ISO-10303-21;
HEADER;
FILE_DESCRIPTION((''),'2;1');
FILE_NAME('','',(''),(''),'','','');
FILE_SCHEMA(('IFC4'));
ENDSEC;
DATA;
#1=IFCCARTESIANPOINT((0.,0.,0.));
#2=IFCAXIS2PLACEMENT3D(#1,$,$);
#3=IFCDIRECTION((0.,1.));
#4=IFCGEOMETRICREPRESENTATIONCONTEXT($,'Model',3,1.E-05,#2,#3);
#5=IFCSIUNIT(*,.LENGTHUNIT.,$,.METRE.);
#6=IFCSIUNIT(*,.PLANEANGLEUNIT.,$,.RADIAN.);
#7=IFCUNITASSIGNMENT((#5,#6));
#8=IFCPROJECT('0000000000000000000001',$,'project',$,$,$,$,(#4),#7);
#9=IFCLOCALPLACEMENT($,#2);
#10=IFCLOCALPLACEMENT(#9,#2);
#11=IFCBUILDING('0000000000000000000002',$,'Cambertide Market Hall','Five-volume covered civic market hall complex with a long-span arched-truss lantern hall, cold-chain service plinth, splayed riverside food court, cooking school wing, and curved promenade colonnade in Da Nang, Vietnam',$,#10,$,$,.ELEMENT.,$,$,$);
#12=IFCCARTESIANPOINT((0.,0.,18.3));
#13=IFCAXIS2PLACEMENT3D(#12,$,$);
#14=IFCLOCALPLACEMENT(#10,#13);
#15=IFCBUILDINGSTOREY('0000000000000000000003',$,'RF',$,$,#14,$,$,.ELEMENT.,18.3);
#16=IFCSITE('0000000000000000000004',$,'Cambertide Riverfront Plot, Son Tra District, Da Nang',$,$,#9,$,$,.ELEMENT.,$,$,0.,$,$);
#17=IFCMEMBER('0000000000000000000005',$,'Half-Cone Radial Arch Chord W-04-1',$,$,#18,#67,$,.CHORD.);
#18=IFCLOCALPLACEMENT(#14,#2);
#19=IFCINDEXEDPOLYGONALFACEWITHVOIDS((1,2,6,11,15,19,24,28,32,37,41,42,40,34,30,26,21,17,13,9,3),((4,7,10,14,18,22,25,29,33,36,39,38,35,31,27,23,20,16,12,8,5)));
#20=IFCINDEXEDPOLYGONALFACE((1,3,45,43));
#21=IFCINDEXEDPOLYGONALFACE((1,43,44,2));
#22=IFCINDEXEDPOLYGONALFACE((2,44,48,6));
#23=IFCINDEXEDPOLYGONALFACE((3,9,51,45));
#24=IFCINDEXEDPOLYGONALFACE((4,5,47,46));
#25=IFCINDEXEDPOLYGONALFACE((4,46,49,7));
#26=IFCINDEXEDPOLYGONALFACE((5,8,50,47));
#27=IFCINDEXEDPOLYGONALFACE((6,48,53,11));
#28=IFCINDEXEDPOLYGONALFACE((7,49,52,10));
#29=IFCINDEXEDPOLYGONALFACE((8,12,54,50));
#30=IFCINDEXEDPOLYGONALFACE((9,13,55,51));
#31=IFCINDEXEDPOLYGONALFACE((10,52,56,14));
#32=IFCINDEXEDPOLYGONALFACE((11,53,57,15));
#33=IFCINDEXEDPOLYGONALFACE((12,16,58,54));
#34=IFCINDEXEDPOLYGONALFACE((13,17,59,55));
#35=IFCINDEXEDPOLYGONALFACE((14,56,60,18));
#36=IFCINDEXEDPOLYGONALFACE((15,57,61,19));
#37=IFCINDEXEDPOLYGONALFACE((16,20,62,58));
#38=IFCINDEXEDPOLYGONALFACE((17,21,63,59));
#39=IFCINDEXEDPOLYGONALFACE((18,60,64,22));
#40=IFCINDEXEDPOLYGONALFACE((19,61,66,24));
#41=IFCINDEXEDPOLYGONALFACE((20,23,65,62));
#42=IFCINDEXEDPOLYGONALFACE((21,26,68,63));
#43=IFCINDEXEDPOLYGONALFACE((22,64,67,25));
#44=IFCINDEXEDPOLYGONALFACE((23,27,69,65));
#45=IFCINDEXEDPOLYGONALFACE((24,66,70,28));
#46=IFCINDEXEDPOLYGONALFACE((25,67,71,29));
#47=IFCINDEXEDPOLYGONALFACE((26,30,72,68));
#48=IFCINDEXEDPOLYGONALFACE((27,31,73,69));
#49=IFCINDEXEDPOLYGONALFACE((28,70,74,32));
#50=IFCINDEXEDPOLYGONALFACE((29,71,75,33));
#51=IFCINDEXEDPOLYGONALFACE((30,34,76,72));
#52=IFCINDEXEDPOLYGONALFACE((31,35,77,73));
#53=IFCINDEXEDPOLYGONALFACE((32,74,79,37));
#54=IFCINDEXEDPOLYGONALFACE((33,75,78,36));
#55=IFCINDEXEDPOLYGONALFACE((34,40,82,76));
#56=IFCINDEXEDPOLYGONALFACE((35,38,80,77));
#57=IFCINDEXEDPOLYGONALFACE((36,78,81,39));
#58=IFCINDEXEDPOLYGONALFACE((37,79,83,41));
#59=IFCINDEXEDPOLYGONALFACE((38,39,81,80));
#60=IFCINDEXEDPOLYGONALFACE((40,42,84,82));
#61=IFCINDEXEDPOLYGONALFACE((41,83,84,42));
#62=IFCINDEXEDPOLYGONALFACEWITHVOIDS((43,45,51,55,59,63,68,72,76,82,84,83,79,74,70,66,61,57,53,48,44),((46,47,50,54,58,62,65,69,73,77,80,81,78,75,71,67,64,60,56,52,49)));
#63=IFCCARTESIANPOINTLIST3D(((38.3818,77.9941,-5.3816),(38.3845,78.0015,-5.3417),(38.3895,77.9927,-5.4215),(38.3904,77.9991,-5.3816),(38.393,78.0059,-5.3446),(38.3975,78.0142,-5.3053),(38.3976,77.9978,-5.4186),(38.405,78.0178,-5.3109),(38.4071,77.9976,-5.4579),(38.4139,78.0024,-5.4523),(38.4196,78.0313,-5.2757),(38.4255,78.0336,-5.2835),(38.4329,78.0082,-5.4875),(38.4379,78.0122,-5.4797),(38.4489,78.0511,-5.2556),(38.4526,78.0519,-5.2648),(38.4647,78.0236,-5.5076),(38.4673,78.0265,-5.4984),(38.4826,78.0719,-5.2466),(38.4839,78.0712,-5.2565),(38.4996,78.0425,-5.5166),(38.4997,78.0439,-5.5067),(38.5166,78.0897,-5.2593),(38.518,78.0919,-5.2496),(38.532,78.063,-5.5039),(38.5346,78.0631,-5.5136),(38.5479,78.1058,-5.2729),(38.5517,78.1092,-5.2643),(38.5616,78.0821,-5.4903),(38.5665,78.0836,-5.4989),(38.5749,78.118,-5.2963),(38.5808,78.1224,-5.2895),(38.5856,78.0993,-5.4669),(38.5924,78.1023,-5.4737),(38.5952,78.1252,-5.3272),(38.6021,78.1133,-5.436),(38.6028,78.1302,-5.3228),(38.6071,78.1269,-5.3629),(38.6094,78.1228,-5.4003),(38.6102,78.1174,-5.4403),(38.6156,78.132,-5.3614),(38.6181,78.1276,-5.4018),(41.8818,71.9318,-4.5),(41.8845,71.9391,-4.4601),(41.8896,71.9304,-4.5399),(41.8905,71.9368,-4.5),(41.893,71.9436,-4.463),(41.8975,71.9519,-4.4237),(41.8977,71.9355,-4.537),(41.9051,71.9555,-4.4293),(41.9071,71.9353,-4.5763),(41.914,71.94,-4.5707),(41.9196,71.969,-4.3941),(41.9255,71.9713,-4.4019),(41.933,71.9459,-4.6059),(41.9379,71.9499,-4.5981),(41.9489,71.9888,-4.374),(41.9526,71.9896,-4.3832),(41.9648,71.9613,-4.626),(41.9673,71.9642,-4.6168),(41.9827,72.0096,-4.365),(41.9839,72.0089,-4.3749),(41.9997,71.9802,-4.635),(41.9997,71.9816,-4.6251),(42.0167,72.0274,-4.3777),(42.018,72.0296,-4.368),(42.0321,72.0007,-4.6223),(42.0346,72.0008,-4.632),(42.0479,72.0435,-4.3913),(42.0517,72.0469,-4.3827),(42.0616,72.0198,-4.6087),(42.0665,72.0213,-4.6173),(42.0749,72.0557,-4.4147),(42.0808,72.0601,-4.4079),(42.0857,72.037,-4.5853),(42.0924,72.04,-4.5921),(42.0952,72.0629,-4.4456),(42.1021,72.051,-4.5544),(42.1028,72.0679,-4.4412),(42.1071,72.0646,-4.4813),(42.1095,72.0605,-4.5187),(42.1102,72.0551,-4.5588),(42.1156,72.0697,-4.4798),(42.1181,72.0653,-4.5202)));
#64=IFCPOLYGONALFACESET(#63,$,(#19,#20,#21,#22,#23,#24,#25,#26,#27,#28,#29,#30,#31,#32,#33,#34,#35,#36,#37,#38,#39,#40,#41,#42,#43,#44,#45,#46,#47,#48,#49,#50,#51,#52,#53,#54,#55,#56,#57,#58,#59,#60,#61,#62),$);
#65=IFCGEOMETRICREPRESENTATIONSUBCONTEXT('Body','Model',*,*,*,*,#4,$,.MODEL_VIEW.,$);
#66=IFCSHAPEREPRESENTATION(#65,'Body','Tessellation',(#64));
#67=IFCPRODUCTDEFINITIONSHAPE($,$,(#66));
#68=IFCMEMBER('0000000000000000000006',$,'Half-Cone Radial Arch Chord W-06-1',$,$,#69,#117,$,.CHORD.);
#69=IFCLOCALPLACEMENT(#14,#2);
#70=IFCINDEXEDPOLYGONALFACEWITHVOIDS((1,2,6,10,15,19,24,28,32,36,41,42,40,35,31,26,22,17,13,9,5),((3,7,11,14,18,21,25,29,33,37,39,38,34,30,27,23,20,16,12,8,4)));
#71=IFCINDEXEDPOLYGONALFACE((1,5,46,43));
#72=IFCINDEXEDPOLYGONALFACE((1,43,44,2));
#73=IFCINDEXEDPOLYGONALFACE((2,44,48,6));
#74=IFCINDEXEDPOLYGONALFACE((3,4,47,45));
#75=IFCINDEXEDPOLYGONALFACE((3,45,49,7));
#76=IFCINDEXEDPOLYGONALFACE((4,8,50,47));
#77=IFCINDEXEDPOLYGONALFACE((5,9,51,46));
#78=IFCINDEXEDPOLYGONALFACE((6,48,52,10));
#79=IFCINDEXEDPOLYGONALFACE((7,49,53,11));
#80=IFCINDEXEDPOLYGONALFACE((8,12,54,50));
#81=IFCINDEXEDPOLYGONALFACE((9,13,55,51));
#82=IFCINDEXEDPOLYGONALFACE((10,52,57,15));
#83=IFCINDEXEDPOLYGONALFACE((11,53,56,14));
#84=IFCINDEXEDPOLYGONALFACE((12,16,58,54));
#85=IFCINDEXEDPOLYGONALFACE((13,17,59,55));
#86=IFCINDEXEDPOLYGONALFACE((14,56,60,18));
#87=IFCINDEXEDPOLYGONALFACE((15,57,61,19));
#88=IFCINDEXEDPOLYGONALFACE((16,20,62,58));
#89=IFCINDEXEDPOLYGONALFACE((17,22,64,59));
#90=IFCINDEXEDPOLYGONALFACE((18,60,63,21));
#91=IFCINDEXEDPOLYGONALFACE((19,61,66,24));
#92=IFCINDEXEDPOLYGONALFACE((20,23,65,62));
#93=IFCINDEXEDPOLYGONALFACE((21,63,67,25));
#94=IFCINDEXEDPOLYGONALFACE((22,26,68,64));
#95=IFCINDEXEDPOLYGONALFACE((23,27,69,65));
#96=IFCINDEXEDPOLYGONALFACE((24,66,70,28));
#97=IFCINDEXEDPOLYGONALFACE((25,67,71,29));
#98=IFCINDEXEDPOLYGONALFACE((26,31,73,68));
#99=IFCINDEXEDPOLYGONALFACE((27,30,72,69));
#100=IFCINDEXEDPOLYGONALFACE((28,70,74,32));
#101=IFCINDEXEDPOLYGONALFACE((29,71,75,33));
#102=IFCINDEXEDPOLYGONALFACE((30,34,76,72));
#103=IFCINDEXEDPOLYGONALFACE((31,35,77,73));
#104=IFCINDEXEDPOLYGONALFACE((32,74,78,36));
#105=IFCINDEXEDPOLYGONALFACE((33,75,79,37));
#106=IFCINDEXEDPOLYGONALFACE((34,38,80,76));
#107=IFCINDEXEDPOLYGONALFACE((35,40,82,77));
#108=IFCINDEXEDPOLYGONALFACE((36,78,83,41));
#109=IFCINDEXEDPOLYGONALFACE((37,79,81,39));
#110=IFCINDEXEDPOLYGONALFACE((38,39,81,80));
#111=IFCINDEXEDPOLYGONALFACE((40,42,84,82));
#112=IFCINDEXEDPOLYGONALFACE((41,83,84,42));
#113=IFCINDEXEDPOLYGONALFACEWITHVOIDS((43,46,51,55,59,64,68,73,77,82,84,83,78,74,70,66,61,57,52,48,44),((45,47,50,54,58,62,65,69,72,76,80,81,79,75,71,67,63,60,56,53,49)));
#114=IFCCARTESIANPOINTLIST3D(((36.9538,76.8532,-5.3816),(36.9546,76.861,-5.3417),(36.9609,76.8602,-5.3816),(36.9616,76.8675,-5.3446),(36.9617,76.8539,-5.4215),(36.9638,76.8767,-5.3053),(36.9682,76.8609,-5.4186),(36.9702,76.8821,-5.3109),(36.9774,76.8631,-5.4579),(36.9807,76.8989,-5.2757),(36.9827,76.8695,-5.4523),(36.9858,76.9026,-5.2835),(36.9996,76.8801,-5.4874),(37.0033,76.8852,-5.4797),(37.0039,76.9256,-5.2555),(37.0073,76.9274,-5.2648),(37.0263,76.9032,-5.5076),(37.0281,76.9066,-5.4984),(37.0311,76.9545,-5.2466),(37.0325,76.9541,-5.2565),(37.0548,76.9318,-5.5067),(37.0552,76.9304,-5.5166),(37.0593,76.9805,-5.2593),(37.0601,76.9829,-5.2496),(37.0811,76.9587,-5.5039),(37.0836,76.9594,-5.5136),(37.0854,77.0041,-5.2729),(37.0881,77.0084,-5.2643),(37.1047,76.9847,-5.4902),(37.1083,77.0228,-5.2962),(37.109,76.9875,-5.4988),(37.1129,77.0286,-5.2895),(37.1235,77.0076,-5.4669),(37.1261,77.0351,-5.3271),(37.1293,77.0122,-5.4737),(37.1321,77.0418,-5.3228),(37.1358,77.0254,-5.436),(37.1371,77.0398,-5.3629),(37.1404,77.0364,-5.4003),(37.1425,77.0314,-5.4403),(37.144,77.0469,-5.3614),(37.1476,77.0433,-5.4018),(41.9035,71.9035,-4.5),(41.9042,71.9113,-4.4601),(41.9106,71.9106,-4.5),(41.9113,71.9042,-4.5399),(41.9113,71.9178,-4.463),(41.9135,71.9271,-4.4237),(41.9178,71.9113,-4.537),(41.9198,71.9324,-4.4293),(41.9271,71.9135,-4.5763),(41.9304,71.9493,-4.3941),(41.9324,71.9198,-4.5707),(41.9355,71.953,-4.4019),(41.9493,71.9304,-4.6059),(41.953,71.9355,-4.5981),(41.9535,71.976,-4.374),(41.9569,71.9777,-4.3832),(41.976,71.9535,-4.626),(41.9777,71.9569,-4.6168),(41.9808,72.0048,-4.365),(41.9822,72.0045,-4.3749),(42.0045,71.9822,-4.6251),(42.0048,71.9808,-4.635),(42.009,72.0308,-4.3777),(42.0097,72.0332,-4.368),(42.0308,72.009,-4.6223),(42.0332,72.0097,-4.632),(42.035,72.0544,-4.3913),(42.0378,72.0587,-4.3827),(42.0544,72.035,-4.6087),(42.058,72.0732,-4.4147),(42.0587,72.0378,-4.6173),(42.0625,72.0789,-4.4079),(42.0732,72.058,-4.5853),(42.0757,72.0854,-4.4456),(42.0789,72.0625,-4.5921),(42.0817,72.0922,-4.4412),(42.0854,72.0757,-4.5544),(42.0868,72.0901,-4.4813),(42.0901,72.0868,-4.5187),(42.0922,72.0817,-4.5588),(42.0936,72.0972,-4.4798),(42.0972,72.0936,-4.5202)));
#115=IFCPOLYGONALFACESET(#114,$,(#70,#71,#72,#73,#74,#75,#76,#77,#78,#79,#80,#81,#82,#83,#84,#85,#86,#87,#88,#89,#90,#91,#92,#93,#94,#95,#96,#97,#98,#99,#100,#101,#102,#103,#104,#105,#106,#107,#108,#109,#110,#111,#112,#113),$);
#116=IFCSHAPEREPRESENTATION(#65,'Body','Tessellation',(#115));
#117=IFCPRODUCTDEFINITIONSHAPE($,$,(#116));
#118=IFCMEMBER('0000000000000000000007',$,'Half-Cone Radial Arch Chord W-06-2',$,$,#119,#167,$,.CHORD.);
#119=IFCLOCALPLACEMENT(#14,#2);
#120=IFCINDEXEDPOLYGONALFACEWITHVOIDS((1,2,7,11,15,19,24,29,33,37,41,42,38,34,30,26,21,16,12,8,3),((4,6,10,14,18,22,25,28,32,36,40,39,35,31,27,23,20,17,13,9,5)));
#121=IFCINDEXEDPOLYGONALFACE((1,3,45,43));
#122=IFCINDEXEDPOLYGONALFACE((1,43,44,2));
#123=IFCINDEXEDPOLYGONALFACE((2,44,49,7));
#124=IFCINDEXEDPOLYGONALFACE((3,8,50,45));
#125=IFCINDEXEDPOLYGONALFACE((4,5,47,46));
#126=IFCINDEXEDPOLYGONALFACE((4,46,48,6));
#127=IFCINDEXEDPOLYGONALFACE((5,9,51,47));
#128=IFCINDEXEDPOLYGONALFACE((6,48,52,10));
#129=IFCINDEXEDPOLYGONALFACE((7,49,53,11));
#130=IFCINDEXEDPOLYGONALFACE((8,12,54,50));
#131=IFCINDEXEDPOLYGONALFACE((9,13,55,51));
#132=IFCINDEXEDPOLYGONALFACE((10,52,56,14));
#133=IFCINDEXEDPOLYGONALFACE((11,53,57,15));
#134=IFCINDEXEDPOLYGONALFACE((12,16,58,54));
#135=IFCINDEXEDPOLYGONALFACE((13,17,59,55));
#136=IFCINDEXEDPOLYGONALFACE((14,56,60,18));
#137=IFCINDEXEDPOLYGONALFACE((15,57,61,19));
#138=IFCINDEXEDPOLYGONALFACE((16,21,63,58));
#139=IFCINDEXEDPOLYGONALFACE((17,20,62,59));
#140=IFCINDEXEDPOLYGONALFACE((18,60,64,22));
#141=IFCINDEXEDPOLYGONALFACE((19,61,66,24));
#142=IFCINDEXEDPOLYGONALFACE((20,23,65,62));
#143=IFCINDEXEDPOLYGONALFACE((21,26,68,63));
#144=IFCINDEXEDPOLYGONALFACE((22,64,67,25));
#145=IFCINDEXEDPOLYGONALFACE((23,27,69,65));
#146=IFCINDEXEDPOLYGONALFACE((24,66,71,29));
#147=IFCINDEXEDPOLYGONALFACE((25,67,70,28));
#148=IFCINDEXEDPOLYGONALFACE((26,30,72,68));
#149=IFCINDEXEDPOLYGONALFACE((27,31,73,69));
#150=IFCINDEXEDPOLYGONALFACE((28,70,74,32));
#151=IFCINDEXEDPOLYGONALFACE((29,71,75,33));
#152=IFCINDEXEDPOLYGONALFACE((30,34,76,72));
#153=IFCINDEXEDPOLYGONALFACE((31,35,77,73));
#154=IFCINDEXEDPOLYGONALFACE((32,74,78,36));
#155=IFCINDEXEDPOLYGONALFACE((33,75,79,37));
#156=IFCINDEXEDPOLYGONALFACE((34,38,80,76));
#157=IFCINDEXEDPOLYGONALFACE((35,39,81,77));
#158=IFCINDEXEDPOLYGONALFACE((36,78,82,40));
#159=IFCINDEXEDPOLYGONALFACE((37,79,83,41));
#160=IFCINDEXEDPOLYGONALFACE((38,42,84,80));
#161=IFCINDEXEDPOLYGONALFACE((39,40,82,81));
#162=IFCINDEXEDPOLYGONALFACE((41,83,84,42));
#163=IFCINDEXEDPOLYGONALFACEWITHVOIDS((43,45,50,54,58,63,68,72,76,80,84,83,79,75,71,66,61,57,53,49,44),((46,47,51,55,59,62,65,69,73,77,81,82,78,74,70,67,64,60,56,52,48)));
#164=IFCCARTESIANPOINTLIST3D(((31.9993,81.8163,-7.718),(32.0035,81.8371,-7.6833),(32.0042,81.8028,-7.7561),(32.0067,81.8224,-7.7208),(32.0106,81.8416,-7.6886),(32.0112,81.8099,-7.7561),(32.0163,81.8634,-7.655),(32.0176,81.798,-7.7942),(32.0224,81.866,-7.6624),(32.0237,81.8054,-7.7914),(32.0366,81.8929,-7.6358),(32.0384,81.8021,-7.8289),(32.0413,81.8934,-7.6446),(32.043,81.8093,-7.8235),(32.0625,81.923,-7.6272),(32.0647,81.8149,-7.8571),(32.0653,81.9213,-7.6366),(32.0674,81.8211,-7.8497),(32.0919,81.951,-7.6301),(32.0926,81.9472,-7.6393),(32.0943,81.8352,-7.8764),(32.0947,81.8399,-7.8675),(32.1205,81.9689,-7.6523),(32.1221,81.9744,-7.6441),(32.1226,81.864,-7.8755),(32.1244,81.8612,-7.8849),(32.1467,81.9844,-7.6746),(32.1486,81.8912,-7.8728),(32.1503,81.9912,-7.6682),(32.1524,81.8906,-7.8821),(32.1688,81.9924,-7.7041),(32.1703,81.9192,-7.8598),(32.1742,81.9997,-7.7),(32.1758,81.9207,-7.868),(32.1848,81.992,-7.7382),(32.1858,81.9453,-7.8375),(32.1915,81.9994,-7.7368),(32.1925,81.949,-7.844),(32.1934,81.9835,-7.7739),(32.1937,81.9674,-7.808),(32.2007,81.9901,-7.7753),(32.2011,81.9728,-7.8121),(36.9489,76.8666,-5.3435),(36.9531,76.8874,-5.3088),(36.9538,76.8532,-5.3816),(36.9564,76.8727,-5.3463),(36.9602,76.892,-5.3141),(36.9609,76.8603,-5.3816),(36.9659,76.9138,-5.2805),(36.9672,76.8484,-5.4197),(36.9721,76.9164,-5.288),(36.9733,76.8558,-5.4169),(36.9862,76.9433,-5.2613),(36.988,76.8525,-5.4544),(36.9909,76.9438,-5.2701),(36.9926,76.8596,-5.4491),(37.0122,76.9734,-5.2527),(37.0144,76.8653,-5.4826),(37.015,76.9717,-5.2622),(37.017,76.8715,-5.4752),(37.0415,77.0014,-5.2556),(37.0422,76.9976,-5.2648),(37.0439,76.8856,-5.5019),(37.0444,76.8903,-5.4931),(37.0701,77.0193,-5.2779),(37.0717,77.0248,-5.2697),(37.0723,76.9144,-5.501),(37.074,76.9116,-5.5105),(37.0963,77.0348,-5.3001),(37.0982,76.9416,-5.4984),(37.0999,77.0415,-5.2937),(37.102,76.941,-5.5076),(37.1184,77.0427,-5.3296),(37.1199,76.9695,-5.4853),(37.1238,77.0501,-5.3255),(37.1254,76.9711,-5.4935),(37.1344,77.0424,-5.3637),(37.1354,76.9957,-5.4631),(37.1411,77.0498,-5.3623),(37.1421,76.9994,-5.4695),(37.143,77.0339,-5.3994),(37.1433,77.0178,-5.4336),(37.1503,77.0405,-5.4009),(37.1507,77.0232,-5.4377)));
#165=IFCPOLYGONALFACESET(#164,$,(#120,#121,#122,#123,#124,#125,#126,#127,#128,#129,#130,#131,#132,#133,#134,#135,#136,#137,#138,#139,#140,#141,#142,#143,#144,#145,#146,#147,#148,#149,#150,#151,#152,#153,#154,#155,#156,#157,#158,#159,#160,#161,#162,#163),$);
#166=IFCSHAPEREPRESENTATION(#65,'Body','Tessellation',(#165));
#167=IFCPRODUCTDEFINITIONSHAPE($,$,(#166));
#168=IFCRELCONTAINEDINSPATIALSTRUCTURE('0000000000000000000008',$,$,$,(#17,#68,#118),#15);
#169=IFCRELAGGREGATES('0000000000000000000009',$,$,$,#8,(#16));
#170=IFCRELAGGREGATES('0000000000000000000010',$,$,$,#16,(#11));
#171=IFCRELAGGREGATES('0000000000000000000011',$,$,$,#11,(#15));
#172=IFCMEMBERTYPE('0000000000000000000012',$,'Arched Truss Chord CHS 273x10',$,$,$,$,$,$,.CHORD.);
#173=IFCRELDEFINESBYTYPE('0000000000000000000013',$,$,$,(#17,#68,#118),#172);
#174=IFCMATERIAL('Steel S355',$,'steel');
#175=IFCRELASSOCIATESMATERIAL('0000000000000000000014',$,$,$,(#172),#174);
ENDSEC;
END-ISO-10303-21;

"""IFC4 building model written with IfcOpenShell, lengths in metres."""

from ifc_helpers import new_model, si_unit, direction, frame, origin, origin_2d, place, context, subcontext, project, spatial, hollow_circle, extrude, material, material_profile, profile_set, type_object, element, save


model = new_model("IFC4")

# Units and contexts
model_context = context("Model", 3, precision=1e-05, world=origin(), true_north=direction((0.0, 1.0)))
body_context = subcontext(model_context, "Body", "Model", "MODEL_VIEW")
ifc_project = project(units=[si_unit("LENGTHUNIT", "METRE"), si_unit("PLANEANGLEUNIT", "RADIAN")], contexts=[model_context])

# Site, building, storey
site_placement = place(None, origin())
site = spatial("IfcSite", under=ifc_project, at=site_placement, Name="Cambertide Riverfront Plot, Son Tra District, Da Nang", CompositionType="ELEMENT", RefElevation=0.0)
building_placement = place(site_placement, origin())
building = spatial("IfcBuilding", under=site, at=building_placement, Name="Cambertide Market Hall", Description="Five-volume covered civic market hall complex with a long-span arched-truss lantern hall, cold-chain service plinth, splayed riverside food court, cooking school wing, and curved promenade colonnade in Da Nang, Vietnam", CompositionType="ELEMENT")
storey_placement = place(building_placement, frame((0.0, 0.0, 18.3)))
storey = spatial("IfcBuildingStorey", under=building, at=storey_placement, Name="RF", CompositionType="ELEMENT", Elevation=18.3)

# Members
ifc_material_1 = material(Name="Steel S355", Category="steel")
ifc_material_profile_1 = material_profile(ifc_material_1, hollow_circle(Radius=0.1365, WallThickness=0.01, at=origin_2d()), Name="CHS 273x10")
ifc_profile_set_1 = profile_set([ifc_material_profile_1], Name="Steel S355")
member_type_1 = type_object("IfcMemberType", Name="Arched Truss Chord CHS 273x10", PredefinedType="CHORD", material=ifc_profile_set_1)
member_1_placement = place(storey_placement, frame((42.0, 72.0, -4.5), z_axis=(-0.496077, 0.859241, -0.124953), x_axis=(-0.866028, -0.499995, 0.0)))
element("IfcMember", 1, at=member_1_placement, inside=storey, type_object=member_type_1, Name="Half-Cone Radial Arch Chord W-04-1", PredefinedType="CHORD", context=body_context, shape_type="SweptSolid", body=[
    extrude(hollow_circle(Radius=0.1365, WallThickness=0.01, at=origin_2d()), origin(), (0.0, 0.0, 1.0), 7.0554),
])
member_2_placement = place(storey_placement, frame((42.0, 72.0, -4.5), z_axis=(-0.701565, 0.701565, -0.124956), x_axis=(-0.707107, -0.707107, 0.0)))
element("IfcMember", 2, at=member_2_placement, inside=storey, type_object=member_type_1, Name="Half-Cone Radial Arch Chord W-06-1", PredefinedType="CHORD", context=body_context, shape_type="SweptSolid", body=[
    extrude(hollow_circle(Radius=0.1365, WallThickness=0.01, at=origin_2d()), origin(), (0.0, 0.0, 1.0), 7.0552),
])
member_3_placement = place(storey_placement, frame((37.0503, 76.9497, -5.3816), z_axis=(-0.669629, 0.669629, -0.321239), x_axis=(-0.707107, -0.707107, 0.0)))
element("IfcMember", 3, at=member_3_placement, inside=storey, type_object=member_type_1, Name="Half-Cone Radial Arch Chord W-06-2", PredefinedType="CHORD", context=body_context, shape_type="SweptSolid", body=[
    extrude(hollow_circle(Radius=0.1365, WallThickness=0.01, at=origin_2d()), origin(), (0.0, 0.0, 1.0), 7.3916),
])

save(model, "model.ifc")
